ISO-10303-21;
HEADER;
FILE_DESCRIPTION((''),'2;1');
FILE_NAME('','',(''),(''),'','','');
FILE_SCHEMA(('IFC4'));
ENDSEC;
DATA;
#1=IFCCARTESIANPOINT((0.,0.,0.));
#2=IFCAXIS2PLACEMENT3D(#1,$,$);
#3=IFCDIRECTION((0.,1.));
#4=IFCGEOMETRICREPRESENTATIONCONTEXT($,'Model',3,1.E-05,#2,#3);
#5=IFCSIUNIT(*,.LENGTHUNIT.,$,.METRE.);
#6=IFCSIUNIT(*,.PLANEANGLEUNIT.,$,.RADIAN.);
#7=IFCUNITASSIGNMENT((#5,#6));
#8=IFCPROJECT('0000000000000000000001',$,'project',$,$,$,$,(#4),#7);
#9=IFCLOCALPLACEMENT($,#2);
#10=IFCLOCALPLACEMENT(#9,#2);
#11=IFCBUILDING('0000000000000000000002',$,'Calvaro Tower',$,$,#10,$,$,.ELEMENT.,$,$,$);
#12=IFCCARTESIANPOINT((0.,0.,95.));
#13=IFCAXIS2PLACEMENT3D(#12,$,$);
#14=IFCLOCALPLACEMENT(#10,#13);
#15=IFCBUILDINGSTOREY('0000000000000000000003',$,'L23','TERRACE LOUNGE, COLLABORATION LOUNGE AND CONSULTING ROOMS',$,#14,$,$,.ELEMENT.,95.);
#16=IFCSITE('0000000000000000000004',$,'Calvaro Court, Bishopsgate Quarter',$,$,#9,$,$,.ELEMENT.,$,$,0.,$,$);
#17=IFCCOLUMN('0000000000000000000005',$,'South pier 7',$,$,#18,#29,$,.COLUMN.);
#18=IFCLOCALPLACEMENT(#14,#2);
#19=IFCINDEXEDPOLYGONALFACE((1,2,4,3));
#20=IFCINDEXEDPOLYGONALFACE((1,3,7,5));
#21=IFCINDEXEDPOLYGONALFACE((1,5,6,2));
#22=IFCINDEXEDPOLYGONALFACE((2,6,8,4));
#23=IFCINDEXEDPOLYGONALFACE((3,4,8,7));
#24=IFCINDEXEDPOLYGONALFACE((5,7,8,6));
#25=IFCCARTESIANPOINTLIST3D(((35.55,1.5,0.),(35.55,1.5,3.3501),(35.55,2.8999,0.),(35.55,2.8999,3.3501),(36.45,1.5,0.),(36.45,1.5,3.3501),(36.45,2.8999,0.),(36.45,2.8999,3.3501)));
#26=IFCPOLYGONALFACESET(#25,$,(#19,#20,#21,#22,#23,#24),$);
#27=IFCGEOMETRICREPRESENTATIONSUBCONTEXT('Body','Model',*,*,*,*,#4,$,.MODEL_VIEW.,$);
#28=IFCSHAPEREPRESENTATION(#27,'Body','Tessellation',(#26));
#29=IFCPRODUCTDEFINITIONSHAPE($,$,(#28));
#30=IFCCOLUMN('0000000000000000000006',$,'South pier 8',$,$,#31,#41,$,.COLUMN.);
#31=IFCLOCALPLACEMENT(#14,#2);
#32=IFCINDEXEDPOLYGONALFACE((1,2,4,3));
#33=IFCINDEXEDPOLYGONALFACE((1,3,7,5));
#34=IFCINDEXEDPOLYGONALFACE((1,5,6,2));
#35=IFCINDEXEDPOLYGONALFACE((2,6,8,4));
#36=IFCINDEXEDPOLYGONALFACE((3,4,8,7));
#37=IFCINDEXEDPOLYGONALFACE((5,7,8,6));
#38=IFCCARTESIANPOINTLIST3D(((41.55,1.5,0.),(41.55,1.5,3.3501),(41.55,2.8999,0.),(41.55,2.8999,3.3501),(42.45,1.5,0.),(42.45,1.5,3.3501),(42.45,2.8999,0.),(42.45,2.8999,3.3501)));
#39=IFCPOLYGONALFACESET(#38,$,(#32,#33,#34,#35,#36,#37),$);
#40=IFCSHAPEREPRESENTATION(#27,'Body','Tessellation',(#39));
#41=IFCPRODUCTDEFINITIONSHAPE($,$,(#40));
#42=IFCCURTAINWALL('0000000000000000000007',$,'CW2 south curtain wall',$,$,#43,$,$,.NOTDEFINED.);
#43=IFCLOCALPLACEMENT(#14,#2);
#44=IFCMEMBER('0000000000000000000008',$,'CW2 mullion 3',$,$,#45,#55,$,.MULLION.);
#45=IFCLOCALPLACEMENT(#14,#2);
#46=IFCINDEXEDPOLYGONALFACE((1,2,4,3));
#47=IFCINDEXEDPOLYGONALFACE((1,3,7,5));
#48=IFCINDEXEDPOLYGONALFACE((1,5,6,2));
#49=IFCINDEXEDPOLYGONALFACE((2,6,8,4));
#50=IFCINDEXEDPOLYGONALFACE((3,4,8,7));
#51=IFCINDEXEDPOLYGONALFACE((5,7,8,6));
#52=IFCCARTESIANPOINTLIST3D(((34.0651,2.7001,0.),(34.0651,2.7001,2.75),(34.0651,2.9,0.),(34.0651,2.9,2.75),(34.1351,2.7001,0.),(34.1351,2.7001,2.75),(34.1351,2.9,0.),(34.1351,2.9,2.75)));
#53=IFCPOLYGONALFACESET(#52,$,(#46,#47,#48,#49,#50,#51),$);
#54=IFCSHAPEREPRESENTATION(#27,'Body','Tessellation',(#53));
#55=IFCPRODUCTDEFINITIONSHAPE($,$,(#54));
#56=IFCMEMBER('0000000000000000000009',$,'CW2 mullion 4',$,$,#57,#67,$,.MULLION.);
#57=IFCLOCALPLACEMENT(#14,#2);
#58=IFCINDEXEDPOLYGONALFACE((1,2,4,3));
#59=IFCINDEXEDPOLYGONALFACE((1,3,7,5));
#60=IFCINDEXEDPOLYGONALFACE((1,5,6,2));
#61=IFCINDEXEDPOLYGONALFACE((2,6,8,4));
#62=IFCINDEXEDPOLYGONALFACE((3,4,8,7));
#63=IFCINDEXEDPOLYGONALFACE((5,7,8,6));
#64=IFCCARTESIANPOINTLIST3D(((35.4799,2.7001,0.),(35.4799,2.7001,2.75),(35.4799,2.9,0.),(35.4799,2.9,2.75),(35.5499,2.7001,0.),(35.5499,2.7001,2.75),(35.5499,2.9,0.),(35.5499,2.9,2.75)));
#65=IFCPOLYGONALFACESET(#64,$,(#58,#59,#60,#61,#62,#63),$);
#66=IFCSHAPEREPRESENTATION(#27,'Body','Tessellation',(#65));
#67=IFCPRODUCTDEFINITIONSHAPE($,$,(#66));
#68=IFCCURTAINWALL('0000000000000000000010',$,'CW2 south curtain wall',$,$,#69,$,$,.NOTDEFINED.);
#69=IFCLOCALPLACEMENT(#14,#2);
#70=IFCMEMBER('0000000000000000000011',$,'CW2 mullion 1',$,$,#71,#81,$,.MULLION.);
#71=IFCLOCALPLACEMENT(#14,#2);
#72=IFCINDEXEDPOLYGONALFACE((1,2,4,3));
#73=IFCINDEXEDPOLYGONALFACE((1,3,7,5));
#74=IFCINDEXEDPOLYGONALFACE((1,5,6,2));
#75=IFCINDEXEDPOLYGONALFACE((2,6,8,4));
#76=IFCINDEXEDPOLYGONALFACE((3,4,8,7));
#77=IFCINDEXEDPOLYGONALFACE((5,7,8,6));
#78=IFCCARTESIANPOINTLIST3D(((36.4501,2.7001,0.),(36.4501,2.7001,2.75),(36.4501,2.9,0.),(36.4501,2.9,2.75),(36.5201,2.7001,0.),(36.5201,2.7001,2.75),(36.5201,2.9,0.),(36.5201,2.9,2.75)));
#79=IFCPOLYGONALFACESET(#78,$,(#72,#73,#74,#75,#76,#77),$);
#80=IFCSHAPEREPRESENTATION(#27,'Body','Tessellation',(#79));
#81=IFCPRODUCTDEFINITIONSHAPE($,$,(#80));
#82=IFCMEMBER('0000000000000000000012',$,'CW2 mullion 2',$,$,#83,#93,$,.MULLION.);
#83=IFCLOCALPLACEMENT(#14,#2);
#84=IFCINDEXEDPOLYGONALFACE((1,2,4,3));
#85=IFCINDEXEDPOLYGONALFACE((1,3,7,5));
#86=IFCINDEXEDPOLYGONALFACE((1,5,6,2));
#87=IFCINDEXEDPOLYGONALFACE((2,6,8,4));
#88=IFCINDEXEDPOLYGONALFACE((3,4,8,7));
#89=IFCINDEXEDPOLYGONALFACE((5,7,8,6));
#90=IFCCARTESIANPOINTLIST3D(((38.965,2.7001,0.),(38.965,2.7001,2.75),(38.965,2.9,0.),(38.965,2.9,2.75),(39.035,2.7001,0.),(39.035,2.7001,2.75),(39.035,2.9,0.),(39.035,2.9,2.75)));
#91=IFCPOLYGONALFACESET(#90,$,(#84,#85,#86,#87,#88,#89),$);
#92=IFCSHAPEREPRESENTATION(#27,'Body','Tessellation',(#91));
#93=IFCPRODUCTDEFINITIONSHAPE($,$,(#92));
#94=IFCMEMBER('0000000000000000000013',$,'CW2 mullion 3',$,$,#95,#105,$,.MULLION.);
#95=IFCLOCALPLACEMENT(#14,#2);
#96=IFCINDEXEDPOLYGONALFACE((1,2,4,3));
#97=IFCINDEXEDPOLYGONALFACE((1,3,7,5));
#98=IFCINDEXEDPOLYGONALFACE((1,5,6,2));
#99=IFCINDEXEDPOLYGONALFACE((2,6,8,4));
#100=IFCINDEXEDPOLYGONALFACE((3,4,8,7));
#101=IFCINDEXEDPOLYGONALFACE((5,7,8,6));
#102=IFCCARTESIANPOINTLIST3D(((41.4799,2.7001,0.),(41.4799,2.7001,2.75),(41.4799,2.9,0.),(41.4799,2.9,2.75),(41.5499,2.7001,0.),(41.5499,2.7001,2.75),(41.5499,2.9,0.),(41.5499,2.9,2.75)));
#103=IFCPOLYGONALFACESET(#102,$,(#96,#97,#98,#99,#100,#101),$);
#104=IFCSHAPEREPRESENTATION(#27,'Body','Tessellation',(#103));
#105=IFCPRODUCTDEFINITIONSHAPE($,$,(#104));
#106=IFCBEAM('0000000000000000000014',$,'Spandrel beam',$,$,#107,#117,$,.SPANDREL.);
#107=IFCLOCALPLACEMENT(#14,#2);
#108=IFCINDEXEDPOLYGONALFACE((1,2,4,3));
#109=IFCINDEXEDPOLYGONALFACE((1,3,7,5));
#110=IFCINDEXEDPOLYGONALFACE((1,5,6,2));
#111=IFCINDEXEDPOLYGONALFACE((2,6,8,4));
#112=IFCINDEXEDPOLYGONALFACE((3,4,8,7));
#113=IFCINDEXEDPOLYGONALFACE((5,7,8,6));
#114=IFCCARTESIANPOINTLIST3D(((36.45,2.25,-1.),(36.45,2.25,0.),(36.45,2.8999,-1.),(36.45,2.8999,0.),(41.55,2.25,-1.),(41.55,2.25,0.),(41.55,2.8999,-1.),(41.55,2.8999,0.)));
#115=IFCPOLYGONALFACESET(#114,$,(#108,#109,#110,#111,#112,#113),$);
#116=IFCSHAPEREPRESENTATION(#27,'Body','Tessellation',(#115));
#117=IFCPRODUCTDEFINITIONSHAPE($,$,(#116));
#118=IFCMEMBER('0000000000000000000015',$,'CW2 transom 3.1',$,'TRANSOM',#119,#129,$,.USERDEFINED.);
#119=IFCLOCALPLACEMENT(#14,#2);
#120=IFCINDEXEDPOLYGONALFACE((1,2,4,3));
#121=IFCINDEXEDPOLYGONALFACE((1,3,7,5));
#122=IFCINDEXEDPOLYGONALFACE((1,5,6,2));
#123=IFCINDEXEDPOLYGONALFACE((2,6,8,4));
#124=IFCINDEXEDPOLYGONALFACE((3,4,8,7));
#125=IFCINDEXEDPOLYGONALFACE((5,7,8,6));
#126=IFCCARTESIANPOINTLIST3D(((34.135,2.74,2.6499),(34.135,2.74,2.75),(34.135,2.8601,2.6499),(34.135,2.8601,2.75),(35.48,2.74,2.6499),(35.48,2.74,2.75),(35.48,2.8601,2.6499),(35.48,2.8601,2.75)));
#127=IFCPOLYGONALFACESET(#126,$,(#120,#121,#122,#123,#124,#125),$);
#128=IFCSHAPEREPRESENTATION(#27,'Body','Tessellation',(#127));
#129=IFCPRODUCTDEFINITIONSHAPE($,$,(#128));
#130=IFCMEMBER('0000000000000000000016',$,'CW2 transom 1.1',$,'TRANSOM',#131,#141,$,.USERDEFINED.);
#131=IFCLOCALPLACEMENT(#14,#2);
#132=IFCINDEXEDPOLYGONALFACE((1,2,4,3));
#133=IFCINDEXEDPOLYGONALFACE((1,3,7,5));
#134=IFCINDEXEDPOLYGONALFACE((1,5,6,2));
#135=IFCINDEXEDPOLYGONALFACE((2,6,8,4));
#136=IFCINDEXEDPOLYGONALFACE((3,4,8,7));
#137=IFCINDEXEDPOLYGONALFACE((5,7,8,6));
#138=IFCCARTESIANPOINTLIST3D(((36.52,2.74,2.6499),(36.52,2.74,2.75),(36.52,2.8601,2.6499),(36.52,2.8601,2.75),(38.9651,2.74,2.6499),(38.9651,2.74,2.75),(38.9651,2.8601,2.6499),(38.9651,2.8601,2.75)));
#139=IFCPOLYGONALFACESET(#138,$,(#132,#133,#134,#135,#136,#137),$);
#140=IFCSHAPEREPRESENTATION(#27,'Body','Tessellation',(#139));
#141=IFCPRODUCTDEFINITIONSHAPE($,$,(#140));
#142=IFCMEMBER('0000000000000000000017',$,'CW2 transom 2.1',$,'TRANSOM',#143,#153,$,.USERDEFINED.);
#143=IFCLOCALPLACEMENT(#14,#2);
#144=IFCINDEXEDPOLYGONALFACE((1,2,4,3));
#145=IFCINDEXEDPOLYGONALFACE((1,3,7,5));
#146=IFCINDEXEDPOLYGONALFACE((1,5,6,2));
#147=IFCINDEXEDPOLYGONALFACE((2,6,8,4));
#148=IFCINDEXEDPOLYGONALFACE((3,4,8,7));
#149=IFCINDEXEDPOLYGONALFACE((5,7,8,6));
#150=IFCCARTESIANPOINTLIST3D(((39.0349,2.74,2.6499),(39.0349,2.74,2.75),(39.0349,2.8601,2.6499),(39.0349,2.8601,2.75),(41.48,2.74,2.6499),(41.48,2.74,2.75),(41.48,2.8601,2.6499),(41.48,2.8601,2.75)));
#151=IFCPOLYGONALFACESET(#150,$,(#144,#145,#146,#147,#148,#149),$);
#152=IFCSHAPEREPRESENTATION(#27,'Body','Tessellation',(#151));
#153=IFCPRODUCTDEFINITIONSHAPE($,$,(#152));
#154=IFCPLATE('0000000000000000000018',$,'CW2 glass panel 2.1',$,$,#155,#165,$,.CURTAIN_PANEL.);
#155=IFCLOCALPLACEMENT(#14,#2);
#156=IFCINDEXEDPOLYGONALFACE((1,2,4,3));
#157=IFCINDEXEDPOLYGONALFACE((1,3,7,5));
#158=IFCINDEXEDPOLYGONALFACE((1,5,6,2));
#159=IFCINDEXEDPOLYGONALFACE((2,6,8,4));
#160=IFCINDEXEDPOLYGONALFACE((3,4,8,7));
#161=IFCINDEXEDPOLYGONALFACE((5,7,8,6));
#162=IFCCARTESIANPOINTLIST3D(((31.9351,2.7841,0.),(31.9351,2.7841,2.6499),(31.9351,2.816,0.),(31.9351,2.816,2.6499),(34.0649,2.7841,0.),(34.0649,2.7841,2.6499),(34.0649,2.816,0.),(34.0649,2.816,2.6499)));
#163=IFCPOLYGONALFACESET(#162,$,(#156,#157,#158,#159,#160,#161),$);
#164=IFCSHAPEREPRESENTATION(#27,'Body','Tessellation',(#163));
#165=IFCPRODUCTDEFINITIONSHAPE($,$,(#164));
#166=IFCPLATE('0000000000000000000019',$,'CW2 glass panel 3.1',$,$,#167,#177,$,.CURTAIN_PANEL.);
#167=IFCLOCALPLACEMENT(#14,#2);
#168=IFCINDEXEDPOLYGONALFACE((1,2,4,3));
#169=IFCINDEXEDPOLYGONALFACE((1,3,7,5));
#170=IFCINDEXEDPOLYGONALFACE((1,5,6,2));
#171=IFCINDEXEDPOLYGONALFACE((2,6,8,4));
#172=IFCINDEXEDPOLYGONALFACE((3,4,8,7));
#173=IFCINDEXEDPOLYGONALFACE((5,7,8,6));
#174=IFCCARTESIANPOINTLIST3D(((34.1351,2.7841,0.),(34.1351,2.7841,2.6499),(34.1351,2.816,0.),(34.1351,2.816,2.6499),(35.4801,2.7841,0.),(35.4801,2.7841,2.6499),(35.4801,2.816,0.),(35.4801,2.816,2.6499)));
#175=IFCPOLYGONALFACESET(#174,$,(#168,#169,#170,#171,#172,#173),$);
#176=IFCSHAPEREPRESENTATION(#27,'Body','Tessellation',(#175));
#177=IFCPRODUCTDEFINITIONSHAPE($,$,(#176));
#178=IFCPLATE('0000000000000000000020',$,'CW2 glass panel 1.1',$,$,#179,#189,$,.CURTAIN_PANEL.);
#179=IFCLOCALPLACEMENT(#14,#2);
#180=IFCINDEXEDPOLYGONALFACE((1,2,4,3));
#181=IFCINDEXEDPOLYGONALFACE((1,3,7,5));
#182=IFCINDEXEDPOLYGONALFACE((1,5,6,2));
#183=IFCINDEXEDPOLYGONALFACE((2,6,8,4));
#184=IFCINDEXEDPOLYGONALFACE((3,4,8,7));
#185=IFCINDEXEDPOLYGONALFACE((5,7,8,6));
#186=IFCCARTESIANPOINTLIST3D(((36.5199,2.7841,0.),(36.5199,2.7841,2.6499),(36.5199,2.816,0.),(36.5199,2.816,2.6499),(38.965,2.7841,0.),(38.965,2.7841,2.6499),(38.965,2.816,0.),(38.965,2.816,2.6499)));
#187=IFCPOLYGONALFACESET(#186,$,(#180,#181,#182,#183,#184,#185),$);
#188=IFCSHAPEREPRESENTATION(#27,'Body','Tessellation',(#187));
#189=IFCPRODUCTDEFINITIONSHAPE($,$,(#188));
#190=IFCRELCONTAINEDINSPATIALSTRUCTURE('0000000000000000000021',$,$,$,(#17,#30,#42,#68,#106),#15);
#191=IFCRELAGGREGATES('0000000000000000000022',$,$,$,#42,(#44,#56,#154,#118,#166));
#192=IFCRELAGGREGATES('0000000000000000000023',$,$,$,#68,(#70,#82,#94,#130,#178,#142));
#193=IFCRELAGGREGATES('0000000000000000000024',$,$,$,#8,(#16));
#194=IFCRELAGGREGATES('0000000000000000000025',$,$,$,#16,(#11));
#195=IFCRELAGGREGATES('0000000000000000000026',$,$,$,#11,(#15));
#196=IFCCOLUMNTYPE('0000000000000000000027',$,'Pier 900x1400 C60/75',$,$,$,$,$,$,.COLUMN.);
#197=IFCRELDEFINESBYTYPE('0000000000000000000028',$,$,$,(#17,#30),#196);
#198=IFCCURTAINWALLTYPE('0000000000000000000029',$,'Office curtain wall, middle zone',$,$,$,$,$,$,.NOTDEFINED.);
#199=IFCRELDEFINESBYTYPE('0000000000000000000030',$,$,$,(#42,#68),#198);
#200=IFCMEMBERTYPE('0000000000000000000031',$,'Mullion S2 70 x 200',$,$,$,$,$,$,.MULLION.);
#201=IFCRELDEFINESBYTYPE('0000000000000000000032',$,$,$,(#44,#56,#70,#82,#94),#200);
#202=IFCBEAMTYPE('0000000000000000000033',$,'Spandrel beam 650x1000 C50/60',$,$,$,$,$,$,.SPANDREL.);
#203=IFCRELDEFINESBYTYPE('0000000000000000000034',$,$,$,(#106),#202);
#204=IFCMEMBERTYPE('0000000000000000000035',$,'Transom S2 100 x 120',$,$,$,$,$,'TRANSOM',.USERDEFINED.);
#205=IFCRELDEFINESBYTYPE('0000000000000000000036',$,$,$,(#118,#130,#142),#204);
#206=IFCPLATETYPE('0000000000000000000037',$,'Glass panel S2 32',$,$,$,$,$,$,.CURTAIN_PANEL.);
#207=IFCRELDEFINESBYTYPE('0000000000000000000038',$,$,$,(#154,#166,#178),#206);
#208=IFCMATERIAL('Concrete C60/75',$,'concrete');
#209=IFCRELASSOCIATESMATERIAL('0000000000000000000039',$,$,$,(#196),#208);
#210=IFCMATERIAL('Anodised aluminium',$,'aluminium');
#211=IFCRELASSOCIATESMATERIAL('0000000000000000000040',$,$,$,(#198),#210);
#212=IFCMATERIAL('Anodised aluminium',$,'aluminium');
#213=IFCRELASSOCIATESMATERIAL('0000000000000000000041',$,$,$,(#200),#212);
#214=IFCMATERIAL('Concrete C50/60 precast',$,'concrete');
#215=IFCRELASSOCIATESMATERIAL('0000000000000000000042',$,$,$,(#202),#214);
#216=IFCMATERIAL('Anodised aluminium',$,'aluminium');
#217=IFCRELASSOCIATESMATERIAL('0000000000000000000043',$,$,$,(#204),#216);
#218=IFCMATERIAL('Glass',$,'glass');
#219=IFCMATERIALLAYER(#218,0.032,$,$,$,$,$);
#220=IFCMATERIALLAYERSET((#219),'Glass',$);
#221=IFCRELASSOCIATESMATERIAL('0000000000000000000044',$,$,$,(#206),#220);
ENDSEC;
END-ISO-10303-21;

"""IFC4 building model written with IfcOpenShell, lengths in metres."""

from ifc_helpers import new_model, si_unit, direction, frame, origin, origin_2d, place, context, subcontext, project, spatial, rectangle, extrude, material, layer, layer_set, material_profile, profile_set, type_object, element, aggregate, save


model = new_model("IFC4")

# Units and contexts
model_context = context("Model", 3, precision=1e-05, world=origin(), true_north=direction((0.0, 1.0)))
body_context = subcontext(model_context, "Body", "Model", "MODEL_VIEW")
ifc_project = project(units=[si_unit("LENGTHUNIT", "METRE"), si_unit("PLANEANGLEUNIT", "RADIAN")], contexts=[model_context])

# Site, building, storey
site_placement = place(None, origin())
site = spatial("IfcSite", under=ifc_project, at=site_placement, Name="Calvaro Court, Bishopsgate Quarter", CompositionType="ELEMENT", RefElevation=0.0)
building_placement = place(site_placement, origin())
building = spatial("IfcBuilding", under=site, at=building_placement, Name="Calvaro Tower", CompositionType="ELEMENT")
storey_placement = place(building_placement, frame((0.0, 0.0, 95.0)))
storey = spatial("IfcBuildingStorey", under=building, at=storey_placement, Name="L23", Description="TERRACE LOUNGE, COLLABORATION LOUNGE AND CONSULTING ROOMS", CompositionType="ELEMENT", Elevation=95.0)

# Columns
ifc_material_1 = material(Name="Concrete C60/75", Category="concrete")
ifc_material_profile_1 = material_profile(ifc_material_1, rectangle(XDim=0.8999, YDim=1.3999, at=origin_2d()), Name="RC 900x1400")
ifc_profile_set_1 = profile_set([ifc_material_profile_1], Name="Concrete C60/75")
column_type = type_object("IfcColumnType", Name="Pier 900x1400 C60/75", PredefinedType="COLUMN", material=ifc_profile_set_1)
for number, where, z_axis, x_axis, name in (
    (1, (36.0, 2.2, 0.0), (0.0, 0.0, 1.0), (1.0, 0.0, 0.0), "South pier 7"),
    (2, (42.0, 2.2, 0.0), (0.0, 0.0, 1.0), (1.0, 0.0, 0.0), "South pier 8"),
):
    element("IfcColumn", number, at=place(storey_placement, frame(where, z_axis=z_axis, x_axis=x_axis)), inside=storey, type_object=column_type, Name=name, PredefinedType="COLUMN", context=body_context, shape_type="SweptSolid", body=[
        extrude(rectangle(XDim=0.8999, YDim=1.3999, at=origin_2d()), origin(), (0.0, 0.0, 1.0), 3.3501),
    ])

# Curtain walls, members
ifc_material_2 = material(Name="Anodised aluminium", Category="aluminium")
curtain_wall_type = type_object("IfcCurtainWallType", Name="Office curtain wall, middle zone", PredefinedType="NOTDEFINED", material=ifc_material_2)
curtain_wall_1_placement = place(storey_placement, origin())
curtain_wall_1 = element("IfcCurtainWall", 3, at=curtain_wall_1_placement, inside=storey, type_object=curtain_wall_type, Name="CW2 south curtain wall", PredefinedType="NOTDEFINED")
ifc_material_3 = material(Name="Anodised aluminium", Category="aluminium")
ifc_material_profile_2 = material_profile(ifc_material_3, rectangle(XDim=0.2, YDim=0.0701, at=origin_2d()), Name="Mullion S2 70 x 200")
ifc_profile_set_2 = profile_set([ifc_material_profile_2], Name="Anodised aluminium")
member_type_1 = type_object("IfcMemberType", Name="Mullion S2 70 x 200", PredefinedType="MULLION", material=ifc_profile_set_2)
member_1_placement = place(storey_placement, frame((34.1001, 2.8, 0.0), z_axis=(0.0, 0.0, 1.0), x_axis=(0.0, 1.0, 0.0)))
member_1 = element("IfcMember", 4, at=member_1_placement, type_object=member_type_1, Name="CW2 mullion 3", PredefinedType="MULLION", context=body_context, shape_type="SweptSolid", body=[
    extrude(rectangle(XDim=0.2, YDim=0.0701, at=origin_2d()), origin(), (0.0, 0.0, 1.0), 2.75),
])
member_2_placement = place(storey_placement, frame((35.5149, 2.8, 0.0), z_axis=(0.0, 0.0, 1.0), x_axis=(0.0, 1.0, 0.0)))
member_2 = element("IfcMember", 5, at=member_2_placement, type_object=member_type_1, Name="CW2 mullion 4", PredefinedType="MULLION", context=body_context, shape_type="SweptSolid", body=[
    extrude(rectangle(XDim=0.2, YDim=0.0701, at=origin_2d()), origin(), (0.0, 0.0, 1.0), 2.75),
])
curtain_wall_2_placement = place(storey_placement, origin())
curtain_wall_2 = element("IfcCurtainWall", 6, at=curtain_wall_2_placement, inside=storey, type_object=curtain_wall_type, Name="CW2 south curtain wall", PredefinedType="NOTDEFINED")
member_3_placement = place(storey_placement, frame((36.4851, 2.8, 0.0), z_axis=(0.0, 0.0, 1.0), x_axis=(0.0, 1.0, 0.0)))
member_3 = element("IfcMember", 7, at=member_3_placement, type_object=member_type_1, Name="CW2 mullion 1", PredefinedType="MULLION", context=body_context, shape_type="SweptSolid", body=[
    extrude(rectangle(XDim=0.2, YDim=0.0701, at=origin_2d()), origin(), (0.0, 0.0, 1.0), 2.75),
])
member_4_placement = place(storey_placement, frame((39.0, 2.8, 0.0), z_axis=(0.0, 0.0, 1.0), x_axis=(0.0, 1.0, 0.0)))
member_4 = element("IfcMember", 8, at=member_4_placement, type_object=member_type_1, Name="CW2 mullion 2", PredefinedType="MULLION", context=body_context, shape_type="SweptSolid", body=[
    extrude(rectangle(XDim=0.2, YDim=0.0701, at=origin_2d()), origin(), (0.0, 0.0, 1.0), 2.75),
])
member_5_placement = place(storey_placement, frame((41.5149, 2.8, 0.0), z_axis=(0.0, 0.0, 1.0), x_axis=(0.0, 1.0, 0.0)))
member_5 = element("IfcMember", 9, at=member_5_placement, type_object=member_type_1, Name="CW2 mullion 3", PredefinedType="MULLION", context=body_context, shape_type="SweptSolid", body=[
    extrude(rectangle(XDim=0.2, YDim=0.0701, at=origin_2d()), origin(), (0.0, 0.0, 1.0), 2.75),
])

# Beam
ifc_material_4 = material(Name="Concrete C50/60 precast", Category="concrete")
ifc_material_profile_3 = material_profile(ifc_material_4, rectangle(XDim=0.6499, YDim=1.0, at=origin_2d()), Name="RC 650x1000")
ifc_profile_set_3 = profile_set([ifc_material_profile_3], Name="Concrete C50/60 precast")
beam_type = type_object("IfcBeamType", Name="Spandrel beam 650x1000 C50/60", PredefinedType="SPANDREL", material=ifc_profile_set_3)
beam_placement = place(storey_placement, frame((36.45, 2.575, -0.5), z_axis=(1.0, 0.0, 0.0), x_axis=(0.0, 1.0, 0.0)))
element("IfcBeam", 10, at=beam_placement, inside=storey, type_object=beam_type, Name="Spandrel beam", PredefinedType="SPANDREL", context=body_context, shape_type="SweptSolid", body=[
    extrude(rectangle(XDim=0.6499, YDim=1.0, at=origin_2d()), origin(), (0.0, 0.0, 1.0), 5.1001),
])

# Members
ifc_material_5 = material(Name="Anodised aluminium", Category="aluminium")
ifc_material_profile_4 = material_profile(ifc_material_5, rectangle(XDim=0.1201, YDim=0.1001, at=origin_2d()), Name="Transom S2 100 x 120")
ifc_profile_set_4 = profile_set([ifc_material_profile_4], Name="Anodised aluminium")
member_type_2 = type_object("IfcMemberType", Name="Transom S2 100 x 120", ElementType="TRANSOM", PredefinedType="USERDEFINED", material=ifc_profile_set_4)
member_6_placement = place(storey_placement, frame((34.135, 2.8, 2.7), z_axis=(1.0, 0.0, 0.0), x_axis=(0.0, 1.0, 0.0)))
member_6 = element("IfcMember", 11, at=member_6_placement, type_object=member_type_2, Name="CW2 transom 3.1", ObjectType="TRANSOM", PredefinedType="USERDEFINED", context=body_context, shape_type="SweptSolid", body=[
    extrude(rectangle(XDim=0.1201, YDim=0.1001, at=origin_2d()), origin(), (0.0, 0.0, 1.0), 1.345),
])
member_7_placement = place(storey_placement, frame((36.52, 2.8, 2.7), z_axis=(1.0, 0.0, 0.0), x_axis=(0.0, 1.0, 0.0)))
member_7 = element("IfcMember", 12, at=member_7_placement, type_object=member_type_2, Name="CW2 transom 1.1", ObjectType="TRANSOM", PredefinedType="USERDEFINED", context=body_context, shape_type="SweptSolid", body=[
    extrude(rectangle(XDim=0.1201, YDim=0.1001, at=origin_2d()), origin(), (0.0, 0.0, 1.0), 2.4451),
])
member_8_placement = place(storey_placement, frame((39.0349, 2.8, 2.7), z_axis=(1.0, 0.0, 0.0), x_axis=(0.0, 1.0, 0.0)))
member_8 = element("IfcMember", 13, at=member_8_placement, type_object=member_type_2, Name="CW2 transom 2.1", ObjectType="TRANSOM", PredefinedType="USERDEFINED", context=body_context, shape_type="SweptSolid", body=[
    extrude(rectangle(XDim=0.1201, YDim=0.1001, at=origin_2d()), origin(), (0.0, 0.0, 1.0), 2.4451),
])

# Plates
ifc_material_6 = material(Name="Glass", Category="glass")
ifc_layer = layer(ifc_material_6, 0.032)
ifc_layer_set = layer_set([ifc_layer], Name="Glass")
plate_type = type_object("IfcPlateType", Name="Glass panel S2 32", PredefinedType="CURTAIN_PANEL", material=ifc_layer_set)
plate_1_placement = place(storey_placement, frame((33.0, 2.8, 0.0), z_axis=(0.0, 0.0, 1.0), x_axis=(1.0, 0.0, 0.0)))
plate_1 = element("IfcPlate", 14, at=plate_1_placement, type_object=plate_type, Name="CW2 glass panel 2.1", PredefinedType="CURTAIN_PANEL", context=body_context, shape_type="SweptSolid", body=[
    extrude(rectangle(XDim=2.1299, YDim=0.032, at=origin_2d()), origin(), (0.0, 0.0, 1.0), 2.6499),
])
plate_2_placement = place(storey_placement, frame((34.8076, 2.8, 0.0), z_axis=(0.0, 0.0, 1.0), x_axis=(1.0, 0.0, 0.0)))
plate_2 = element("IfcPlate", 15, at=plate_2_placement, type_object=plate_type, Name="CW2 glass panel 3.1", PredefinedType="CURTAIN_PANEL", context=body_context, shape_type="SweptSolid", body=[
    extrude(rectangle(XDim=1.345, YDim=0.032, at=origin_2d()), origin(), (0.0, 0.0, 1.0), 2.6499),
])
aggregate(curtain_wall_1, [member_1, member_2, plate_1, member_6, plate_2])
plate_3_placement = place(storey_placement, frame((37.7424, 2.8, 0.0), z_axis=(0.0, 0.0, 1.0), x_axis=(1.0, 0.0, 0.0)))
plate_3 = element("IfcPlate", 16, at=plate_3_placement, type_object=plate_type, Name="CW2 glass panel 1.1", PredefinedType="CURTAIN_PANEL", context=body_context, shape_type="SweptSolid", body=[
    extrude(rectangle(XDim=2.4451, YDim=0.032, at=origin_2d()), origin(), (0.0, 0.0, 1.0), 2.6499),
])
aggregate(curtain_wall_2, [member_3, member_4, member_5, member_7, plate_3, member_8])

save(model, "model.ifc")
